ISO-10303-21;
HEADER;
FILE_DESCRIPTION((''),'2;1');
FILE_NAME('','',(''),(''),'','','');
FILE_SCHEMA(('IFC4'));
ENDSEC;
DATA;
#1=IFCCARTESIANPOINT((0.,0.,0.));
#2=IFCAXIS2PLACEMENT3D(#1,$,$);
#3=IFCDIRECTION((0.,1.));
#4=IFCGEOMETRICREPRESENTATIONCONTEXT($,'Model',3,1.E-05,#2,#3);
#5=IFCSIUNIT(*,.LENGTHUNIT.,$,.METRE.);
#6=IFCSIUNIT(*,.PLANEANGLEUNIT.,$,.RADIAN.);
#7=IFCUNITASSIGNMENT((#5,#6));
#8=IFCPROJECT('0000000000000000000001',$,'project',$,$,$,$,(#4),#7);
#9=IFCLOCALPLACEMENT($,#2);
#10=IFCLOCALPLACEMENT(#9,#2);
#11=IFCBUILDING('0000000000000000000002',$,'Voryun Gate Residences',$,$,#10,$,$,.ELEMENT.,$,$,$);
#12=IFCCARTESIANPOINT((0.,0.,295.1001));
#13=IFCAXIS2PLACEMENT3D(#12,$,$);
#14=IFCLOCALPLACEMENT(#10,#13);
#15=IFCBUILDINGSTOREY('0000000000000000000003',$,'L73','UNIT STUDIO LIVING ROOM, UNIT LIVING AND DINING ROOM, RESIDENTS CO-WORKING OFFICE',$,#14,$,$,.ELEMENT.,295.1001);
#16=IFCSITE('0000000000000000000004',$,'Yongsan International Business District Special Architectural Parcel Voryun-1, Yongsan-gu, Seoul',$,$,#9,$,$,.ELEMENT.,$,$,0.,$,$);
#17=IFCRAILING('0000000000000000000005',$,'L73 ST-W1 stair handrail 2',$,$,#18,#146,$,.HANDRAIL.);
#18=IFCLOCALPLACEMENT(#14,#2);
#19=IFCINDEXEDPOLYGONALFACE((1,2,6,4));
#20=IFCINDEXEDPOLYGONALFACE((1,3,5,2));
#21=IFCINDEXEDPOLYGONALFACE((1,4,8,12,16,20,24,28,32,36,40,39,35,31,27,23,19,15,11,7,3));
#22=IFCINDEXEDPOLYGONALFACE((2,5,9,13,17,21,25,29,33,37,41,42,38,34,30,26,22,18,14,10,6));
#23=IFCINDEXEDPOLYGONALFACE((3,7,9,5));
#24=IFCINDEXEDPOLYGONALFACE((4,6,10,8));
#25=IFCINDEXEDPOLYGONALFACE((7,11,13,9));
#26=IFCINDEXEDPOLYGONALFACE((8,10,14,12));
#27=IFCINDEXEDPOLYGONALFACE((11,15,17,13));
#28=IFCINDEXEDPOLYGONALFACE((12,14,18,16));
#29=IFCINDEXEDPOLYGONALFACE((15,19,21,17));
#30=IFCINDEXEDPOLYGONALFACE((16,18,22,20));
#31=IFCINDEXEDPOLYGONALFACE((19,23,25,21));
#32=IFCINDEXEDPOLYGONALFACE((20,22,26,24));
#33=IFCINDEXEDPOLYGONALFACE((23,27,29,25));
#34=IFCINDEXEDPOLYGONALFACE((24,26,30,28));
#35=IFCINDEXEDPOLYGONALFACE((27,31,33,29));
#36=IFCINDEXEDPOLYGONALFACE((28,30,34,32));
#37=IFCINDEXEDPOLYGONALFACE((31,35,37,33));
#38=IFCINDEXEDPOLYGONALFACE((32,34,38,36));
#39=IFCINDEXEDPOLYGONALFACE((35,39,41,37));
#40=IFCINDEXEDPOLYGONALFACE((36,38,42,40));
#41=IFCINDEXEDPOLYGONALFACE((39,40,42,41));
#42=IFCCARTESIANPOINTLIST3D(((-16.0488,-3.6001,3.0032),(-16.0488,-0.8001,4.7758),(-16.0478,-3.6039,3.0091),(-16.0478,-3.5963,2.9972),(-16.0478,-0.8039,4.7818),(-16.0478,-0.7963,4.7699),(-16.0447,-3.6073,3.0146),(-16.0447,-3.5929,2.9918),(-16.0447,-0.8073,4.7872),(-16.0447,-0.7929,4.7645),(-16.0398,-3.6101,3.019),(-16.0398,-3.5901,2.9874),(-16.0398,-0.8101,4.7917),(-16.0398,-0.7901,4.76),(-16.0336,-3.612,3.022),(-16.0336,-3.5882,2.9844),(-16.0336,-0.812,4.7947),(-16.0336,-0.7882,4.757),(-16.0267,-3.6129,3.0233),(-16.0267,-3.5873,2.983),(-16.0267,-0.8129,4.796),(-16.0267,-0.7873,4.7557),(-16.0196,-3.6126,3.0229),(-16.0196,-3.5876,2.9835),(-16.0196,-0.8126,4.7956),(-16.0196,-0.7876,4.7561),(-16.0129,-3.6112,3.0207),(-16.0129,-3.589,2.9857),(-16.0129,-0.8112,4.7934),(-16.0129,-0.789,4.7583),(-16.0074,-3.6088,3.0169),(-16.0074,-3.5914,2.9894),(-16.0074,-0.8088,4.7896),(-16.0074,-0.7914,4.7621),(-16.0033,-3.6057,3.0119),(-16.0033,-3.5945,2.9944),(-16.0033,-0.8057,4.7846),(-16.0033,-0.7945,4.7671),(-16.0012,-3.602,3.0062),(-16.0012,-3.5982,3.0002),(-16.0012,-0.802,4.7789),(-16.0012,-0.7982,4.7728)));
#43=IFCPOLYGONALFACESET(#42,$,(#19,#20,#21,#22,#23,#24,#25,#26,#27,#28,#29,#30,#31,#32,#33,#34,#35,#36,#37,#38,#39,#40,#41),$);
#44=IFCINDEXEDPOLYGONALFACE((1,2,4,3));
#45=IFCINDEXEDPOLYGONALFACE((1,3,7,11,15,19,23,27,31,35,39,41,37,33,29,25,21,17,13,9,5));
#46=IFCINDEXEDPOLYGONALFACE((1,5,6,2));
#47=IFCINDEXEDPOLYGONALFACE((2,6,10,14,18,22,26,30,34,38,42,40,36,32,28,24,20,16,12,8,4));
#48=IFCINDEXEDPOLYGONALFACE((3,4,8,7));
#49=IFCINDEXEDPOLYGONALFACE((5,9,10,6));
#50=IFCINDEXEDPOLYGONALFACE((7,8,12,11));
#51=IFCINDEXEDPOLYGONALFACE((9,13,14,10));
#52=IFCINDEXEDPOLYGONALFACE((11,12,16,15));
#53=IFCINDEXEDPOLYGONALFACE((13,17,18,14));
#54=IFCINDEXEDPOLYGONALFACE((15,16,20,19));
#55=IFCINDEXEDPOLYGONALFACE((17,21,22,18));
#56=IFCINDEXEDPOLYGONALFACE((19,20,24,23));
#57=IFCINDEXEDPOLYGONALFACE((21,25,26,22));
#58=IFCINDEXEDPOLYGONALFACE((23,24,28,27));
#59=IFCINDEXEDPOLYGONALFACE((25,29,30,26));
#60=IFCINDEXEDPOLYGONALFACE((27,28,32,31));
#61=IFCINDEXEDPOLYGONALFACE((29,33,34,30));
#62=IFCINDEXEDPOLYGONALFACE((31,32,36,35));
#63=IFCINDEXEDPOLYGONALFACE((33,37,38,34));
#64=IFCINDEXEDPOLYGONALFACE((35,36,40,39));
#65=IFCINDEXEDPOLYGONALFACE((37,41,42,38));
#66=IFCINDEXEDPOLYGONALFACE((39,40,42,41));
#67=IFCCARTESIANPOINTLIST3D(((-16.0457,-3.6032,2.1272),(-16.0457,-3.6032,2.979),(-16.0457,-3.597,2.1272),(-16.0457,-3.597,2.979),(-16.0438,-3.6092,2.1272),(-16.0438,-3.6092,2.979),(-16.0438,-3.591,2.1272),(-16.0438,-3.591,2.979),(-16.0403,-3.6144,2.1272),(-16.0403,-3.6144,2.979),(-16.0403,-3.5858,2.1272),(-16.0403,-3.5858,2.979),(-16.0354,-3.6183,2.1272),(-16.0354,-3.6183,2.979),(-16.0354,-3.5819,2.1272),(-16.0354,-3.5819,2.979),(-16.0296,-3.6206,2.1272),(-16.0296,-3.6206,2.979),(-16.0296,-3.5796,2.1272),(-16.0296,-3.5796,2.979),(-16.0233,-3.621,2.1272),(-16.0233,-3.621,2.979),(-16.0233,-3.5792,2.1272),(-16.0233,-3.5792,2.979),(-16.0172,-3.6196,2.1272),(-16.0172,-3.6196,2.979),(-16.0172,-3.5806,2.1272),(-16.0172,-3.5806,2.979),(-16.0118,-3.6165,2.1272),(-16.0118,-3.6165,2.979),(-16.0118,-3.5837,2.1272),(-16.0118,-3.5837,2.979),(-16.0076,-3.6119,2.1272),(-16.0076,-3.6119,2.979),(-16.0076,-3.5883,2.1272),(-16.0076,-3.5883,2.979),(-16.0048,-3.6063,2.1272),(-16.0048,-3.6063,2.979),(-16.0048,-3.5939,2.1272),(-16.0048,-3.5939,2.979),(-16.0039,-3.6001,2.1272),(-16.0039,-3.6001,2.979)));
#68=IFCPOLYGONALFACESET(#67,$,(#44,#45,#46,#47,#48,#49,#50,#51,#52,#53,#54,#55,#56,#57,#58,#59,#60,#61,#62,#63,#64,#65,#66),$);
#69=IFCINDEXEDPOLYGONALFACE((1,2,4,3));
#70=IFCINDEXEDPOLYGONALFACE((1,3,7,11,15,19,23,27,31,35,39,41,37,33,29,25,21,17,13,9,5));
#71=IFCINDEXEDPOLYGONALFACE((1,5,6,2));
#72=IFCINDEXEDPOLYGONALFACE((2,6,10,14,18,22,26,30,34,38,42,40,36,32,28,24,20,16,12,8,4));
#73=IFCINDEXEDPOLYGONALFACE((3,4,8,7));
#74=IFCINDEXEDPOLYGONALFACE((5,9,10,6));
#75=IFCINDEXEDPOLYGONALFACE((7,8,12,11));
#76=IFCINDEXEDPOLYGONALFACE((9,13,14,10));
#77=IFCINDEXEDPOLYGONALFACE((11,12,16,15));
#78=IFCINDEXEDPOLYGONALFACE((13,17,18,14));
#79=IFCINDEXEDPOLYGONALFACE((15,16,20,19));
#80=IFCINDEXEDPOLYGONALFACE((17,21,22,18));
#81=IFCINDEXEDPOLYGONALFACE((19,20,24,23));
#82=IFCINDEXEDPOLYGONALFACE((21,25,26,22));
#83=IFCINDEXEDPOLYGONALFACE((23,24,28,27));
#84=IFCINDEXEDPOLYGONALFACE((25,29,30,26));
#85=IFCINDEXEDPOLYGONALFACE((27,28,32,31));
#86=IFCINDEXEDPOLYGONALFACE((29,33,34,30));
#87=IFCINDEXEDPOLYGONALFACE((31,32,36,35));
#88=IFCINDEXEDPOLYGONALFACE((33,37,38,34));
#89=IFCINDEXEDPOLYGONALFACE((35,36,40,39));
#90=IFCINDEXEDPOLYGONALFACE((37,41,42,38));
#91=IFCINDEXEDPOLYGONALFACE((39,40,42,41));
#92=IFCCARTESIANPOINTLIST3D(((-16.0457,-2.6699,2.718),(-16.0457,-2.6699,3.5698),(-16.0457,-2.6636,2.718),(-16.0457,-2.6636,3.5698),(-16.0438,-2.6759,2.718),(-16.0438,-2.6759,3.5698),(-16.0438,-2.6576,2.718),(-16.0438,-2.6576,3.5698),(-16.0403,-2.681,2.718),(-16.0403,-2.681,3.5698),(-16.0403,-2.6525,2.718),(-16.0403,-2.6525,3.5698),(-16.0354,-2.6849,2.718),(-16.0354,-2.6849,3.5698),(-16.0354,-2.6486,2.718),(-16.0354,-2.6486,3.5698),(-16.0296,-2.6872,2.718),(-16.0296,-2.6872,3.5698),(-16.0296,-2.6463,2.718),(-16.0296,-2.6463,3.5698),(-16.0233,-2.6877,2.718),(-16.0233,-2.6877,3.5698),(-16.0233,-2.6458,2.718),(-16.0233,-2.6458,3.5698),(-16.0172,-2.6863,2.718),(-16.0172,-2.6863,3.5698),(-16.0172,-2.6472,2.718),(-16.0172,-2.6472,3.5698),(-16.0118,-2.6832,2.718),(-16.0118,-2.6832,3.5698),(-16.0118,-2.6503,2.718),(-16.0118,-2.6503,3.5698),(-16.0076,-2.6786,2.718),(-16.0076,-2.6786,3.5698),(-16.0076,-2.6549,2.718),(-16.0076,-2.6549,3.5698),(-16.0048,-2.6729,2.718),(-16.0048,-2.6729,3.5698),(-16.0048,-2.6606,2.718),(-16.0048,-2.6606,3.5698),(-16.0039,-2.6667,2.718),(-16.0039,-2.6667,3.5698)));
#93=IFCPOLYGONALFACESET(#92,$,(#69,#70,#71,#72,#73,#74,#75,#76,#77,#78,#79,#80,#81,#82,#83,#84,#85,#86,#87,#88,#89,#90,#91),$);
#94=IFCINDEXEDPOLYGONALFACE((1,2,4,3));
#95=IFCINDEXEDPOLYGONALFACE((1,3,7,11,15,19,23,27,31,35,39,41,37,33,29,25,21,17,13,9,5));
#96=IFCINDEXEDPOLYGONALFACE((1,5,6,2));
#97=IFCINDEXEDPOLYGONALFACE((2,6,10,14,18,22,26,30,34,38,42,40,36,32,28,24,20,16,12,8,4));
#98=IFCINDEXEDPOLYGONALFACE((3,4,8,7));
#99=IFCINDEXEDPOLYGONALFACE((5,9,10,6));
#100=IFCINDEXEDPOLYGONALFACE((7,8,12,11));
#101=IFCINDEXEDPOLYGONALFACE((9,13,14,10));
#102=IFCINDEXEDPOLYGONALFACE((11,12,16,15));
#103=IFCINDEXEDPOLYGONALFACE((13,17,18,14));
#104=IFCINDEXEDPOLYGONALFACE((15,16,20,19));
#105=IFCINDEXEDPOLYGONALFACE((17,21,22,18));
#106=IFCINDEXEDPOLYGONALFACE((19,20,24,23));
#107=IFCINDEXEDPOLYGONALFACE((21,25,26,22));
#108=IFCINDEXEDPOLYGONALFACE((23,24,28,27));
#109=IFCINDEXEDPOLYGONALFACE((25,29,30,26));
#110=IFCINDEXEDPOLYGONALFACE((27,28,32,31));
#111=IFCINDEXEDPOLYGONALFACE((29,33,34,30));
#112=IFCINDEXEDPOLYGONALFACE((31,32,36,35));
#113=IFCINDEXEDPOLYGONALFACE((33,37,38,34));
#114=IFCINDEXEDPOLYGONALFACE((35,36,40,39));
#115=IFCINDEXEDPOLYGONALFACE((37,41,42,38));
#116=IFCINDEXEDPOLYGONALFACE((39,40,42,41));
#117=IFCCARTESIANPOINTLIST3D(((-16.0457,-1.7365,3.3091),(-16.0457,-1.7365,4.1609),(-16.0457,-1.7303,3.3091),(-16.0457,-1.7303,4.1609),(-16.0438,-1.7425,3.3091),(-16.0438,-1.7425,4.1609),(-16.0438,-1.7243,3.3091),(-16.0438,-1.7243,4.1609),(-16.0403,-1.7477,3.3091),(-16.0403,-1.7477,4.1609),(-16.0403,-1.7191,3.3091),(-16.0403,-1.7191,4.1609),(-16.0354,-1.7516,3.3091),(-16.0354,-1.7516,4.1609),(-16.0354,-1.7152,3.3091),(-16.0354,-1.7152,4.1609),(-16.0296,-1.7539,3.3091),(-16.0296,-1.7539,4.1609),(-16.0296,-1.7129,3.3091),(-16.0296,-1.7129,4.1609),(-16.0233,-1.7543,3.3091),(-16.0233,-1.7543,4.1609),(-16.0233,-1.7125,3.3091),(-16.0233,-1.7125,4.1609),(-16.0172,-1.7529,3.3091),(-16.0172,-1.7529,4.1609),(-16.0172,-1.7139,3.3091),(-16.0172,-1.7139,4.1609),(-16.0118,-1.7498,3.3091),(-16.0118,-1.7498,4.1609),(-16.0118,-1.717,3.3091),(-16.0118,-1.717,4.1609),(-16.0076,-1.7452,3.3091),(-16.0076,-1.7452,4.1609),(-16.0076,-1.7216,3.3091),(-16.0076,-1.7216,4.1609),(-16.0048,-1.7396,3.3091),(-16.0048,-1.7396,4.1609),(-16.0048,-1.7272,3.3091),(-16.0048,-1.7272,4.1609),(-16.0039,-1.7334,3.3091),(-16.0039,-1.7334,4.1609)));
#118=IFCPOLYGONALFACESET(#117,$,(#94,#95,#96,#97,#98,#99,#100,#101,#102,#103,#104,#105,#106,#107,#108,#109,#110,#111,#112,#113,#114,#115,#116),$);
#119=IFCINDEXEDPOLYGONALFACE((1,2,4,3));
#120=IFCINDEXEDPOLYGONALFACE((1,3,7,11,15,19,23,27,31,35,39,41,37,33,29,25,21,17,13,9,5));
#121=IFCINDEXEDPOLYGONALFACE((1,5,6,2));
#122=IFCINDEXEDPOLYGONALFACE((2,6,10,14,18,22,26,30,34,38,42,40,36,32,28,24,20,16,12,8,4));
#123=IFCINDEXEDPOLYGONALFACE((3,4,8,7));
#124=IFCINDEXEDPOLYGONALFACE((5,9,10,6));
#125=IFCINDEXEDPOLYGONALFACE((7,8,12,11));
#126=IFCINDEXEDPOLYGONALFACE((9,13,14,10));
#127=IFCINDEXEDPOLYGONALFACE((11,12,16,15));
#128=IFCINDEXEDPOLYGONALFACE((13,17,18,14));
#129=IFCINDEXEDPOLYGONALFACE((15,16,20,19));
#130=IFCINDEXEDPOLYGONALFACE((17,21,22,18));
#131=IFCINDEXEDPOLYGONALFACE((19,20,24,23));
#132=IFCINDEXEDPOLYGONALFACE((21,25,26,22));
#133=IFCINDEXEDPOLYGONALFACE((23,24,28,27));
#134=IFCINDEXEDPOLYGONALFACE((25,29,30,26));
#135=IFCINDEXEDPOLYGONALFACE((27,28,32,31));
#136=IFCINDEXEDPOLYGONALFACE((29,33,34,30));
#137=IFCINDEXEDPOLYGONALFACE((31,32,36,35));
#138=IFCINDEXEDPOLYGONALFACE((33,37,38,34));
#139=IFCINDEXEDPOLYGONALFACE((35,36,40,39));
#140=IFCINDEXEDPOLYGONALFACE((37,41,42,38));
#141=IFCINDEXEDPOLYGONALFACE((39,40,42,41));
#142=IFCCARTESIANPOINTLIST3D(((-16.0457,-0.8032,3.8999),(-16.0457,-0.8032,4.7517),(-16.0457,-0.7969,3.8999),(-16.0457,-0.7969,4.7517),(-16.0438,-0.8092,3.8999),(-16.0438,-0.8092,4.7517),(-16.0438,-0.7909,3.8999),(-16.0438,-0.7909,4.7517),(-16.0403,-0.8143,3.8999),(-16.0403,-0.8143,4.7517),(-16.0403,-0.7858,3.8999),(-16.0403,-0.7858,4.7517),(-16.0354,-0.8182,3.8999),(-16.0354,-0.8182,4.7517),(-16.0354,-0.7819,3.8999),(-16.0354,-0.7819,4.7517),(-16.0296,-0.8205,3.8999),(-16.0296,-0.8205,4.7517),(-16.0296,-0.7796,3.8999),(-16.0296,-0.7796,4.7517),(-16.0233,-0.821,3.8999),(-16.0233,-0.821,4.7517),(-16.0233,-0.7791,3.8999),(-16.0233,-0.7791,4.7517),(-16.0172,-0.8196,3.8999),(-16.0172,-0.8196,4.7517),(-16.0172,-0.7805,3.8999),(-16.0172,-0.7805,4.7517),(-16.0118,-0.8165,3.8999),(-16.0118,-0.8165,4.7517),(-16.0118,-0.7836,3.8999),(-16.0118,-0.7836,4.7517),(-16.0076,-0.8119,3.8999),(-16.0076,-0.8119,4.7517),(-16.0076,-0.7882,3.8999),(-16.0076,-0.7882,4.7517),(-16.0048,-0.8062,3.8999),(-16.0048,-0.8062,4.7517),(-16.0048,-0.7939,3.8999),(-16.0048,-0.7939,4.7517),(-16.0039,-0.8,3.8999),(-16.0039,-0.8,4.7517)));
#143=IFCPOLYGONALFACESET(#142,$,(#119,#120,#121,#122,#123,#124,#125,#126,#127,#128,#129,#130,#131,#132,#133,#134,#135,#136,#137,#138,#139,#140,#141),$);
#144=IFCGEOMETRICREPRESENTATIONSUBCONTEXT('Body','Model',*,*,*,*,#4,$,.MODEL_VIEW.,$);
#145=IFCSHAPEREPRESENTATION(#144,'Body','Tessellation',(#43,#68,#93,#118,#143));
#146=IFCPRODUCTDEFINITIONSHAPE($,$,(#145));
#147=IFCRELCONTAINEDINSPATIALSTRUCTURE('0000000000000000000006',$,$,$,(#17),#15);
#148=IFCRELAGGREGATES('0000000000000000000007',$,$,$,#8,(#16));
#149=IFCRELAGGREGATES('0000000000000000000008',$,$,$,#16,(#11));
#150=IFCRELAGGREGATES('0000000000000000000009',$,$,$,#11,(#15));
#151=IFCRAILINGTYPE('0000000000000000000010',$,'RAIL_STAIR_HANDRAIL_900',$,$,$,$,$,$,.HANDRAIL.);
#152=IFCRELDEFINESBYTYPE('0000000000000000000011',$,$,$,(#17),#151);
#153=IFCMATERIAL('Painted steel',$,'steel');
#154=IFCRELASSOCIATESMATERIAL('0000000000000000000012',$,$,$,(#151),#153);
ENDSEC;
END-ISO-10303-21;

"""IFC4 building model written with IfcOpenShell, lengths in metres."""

from ifc_helpers import new_model, si_unit, direction, frame, origin, origin_2d, place, context, subcontext, project, spatial, circle, extrude, material, type_object, element, save


model = new_model("IFC4")

# Units and contexts
model_context = context("Model", 3, precision=1e-05, world=origin(), true_north=direction((0.0, 1.0)))
body_context = subcontext(model_context, "Body", "Model", "MODEL_VIEW")
ifc_project = project(units=[si_unit("LENGTHUNIT", "METRE"), si_unit("PLANEANGLEUNIT", "RADIAN")], contexts=[model_context])

# Site, building, storey
site_placement = place(None, origin())
site = spatial("IfcSite", under=ifc_project, at=site_placement, Name="Yongsan International Business District Special Architectural Parcel Voryun-1, Yongsan-gu, Seoul", CompositionType="ELEMENT", RefElevation=0.0)
building_placement = place(site_placement, origin())
building = spatial("IfcBuilding", under=site, at=building_placement, Name="Voryun Gate Residences", CompositionType="ELEMENT")
storey_placement = place(building_placement, frame((0.0, 0.0, 295.1001)))
storey = spatial("IfcBuildingStorey", under=building, at=storey_placement, Name="L73", Description="UNIT STUDIO LIVING ROOM, UNIT LIVING AND DINING ROOM, RESIDENTS CO-WORKING OFFICE", CompositionType="ELEMENT", Elevation=295.1001)

# Railing
ifc_material_1 = material(Name="Painted steel", Category="steel")
railing_type_1 = type_object("IfcRailingType", Name="RAIL_STAIR_HANDRAIL_900", PredefinedType="HANDRAIL", material=ifc_material_1)
railing_1_placement = place(storey_placement, frame((-16.0249, -3.6001, 2.1272)))
element("IfcRailing", 1, at=railing_1_placement, inside=storey, type_object=railing_type_1, Name="L73 ST-W1 stair handrail 2", PredefinedType="HANDRAIL", context=body_context, shape_type="SweptSolid", body=[
    extrude(circle(Radius=0.0239, at=origin_2d()), frame((0.0, 0.0, 0.876), z_axis=(0.0, 0.844909, 0.53491), x_axis=(-1.0, 0.0, 0.0)), (0.0, 0.0, 1.0), 3.314),
    extrude(circle(Radius=0.021, at=origin_2d()), origin(), (0.0, 0.0, 1.0), 0.8518),
    extrude(circle(Radius=0.021, at=origin_2d()), frame((0.0, 0.9333, 0.5908)), (0.0, 0.0, 1.0), 0.8518),
    extrude(circle(Radius=0.021, at=origin_2d()), frame((0.0, 1.8667, 1.1819)), (0.0, 0.0, 1.0), 0.8518),
    extrude(circle(Radius=0.021, at=origin_2d()), frame((0.0, 2.8, 1.7727)), (0.0, 0.0, 1.0), 0.8518),
])

save(model, "model.ifc")
